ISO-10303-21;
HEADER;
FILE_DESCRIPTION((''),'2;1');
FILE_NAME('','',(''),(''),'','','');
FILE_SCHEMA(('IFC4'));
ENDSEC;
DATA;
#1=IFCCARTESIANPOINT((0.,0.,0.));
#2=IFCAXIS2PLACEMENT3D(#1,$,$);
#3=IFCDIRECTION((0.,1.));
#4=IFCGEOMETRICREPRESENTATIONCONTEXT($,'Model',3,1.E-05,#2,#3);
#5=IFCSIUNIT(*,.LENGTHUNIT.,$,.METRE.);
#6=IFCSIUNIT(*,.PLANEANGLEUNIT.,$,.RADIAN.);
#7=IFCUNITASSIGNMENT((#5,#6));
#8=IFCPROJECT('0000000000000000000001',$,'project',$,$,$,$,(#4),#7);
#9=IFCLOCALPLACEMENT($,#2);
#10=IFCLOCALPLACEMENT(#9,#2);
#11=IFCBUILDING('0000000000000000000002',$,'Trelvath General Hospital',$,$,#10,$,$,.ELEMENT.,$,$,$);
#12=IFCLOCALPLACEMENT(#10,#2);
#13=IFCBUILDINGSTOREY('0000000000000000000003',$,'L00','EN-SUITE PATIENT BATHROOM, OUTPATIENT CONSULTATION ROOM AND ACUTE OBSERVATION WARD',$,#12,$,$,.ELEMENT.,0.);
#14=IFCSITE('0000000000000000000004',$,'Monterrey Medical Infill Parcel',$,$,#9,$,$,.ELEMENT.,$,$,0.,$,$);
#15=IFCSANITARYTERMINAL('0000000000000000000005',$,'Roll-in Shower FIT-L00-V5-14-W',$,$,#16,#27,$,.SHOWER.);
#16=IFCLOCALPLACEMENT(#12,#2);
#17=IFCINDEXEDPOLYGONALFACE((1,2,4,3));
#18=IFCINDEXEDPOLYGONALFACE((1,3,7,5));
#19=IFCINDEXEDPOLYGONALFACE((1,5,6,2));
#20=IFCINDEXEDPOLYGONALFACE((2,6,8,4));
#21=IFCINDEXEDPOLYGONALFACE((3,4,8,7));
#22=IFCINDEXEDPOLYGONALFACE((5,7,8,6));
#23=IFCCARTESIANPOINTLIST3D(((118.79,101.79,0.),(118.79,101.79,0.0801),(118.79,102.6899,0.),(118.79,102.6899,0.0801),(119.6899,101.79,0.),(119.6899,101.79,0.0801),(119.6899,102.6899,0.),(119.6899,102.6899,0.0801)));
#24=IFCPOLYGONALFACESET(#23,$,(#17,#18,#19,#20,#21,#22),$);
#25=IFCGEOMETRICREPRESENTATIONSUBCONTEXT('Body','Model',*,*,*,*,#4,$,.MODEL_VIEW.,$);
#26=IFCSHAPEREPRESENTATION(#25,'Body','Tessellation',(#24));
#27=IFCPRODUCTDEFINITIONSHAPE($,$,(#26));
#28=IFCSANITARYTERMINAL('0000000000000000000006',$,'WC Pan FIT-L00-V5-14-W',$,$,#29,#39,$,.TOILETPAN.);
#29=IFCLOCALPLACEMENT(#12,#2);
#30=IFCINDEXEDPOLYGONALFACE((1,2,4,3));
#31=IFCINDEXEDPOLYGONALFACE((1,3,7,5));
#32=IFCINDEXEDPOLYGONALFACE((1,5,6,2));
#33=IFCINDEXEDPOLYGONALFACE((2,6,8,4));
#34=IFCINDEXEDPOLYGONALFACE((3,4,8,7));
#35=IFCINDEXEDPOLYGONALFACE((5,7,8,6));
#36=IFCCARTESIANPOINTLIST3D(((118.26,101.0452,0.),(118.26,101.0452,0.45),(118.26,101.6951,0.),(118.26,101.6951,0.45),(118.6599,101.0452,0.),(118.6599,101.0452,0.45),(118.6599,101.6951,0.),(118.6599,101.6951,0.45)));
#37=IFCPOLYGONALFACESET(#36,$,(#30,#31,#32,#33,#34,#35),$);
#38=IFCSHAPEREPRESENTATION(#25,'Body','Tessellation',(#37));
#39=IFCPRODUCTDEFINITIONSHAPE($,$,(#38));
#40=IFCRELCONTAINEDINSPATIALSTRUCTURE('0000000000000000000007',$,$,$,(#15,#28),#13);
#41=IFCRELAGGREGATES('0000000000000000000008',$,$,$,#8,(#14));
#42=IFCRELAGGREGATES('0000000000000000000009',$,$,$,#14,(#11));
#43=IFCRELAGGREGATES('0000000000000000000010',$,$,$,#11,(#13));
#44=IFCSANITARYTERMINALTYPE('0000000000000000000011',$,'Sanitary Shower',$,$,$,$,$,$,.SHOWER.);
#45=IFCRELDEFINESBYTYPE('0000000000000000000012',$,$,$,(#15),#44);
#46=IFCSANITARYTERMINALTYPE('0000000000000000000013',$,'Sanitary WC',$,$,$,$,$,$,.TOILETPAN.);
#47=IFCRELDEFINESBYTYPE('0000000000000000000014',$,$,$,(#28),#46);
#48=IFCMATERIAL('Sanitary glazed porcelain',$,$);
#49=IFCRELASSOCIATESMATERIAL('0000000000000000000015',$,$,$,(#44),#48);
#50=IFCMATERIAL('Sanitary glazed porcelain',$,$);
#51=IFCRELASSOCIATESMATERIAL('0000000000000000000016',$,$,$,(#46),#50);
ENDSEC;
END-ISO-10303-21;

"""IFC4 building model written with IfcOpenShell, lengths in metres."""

from ifc_helpers import new_model, si_unit, direction, frame, origin, origin_2d, place, context, subcontext, project, spatial, rectangle, extrude, material, type_object, element, save


model = new_model("IFC4")

# Units and contexts
model_context = context("Model", 3, precision=1e-05, world=origin(), true_north=direction((0.0, 1.0)))
body_context = subcontext(model_context, "Body", "Model", "MODEL_VIEW")
ifc_project = project(units=[si_unit("LENGTHUNIT", "METRE"), si_unit("PLANEANGLEUNIT", "RADIAN")], contexts=[model_context])

# Site, building, storey
site_placement = place(None, origin())
site = spatial("IfcSite", under=ifc_project, at=site_placement, Name="Monterrey Medical Infill Parcel", CompositionType="ELEMENT", RefElevation=0.0)
building_placement = place(site_placement, origin())
building = spatial("IfcBuilding", under=site, at=building_placement, Name="Trelvath General Hospital", CompositionType="ELEMENT")
storey_placement = place(building_placement, origin())
storey = spatial("IfcBuildingStorey", under=building, at=storey_placement, Name="L00", Description="EN-SUITE PATIENT BATHROOM, OUTPATIENT CONSULTATION ROOM AND ACUTE OBSERVATION WARD", CompositionType="ELEMENT", Elevation=0.0)

# Sanitary terminals
ifc_material_1 = material(Name="Sanitary glazed porcelain")
sanitary_terminal_type_1 = type_object("IfcSanitaryTerminalType", Name="Sanitary Shower", PredefinedType="SHOWER", material=ifc_material_1)
sanitary_terminal_1_placement = place(storey_placement, frame((119.24, 102.24, 0.0), z_axis=(0.0, 0.0, 1.0), x_axis=(1.0, 0.0, 0.0)))
element("IfcSanitaryTerminal", 1, at=sanitary_terminal_1_placement, inside=storey, type_object=sanitary_terminal_type_1, Name="Roll-in Shower FIT-L00-V5-14-W", PredefinedType="SHOWER", context=body_context, shape_type="SweptSolid", body=[
    extrude(rectangle(XDim=0.8999, YDim=0.8999, at=origin_2d()), origin(), (0.0, 0.0, 1.0), 0.0801),
])
ifc_material_2 = material(Name="Sanitary glazed porcelain")
sanitary_terminal_type_2 = type_object("IfcSanitaryTerminalType", Name="Sanitary WC", PredefinedType="TOILETPAN", material=ifc_material_2)
sanitary_terminal_2_placement = place(storey_placement, frame((118.46, 101.3701, 0.0), z_axis=(0.0, 0.0, 1.0), x_axis=(1.0, 0.0, 0.0)))
element("IfcSanitaryTerminal", 2, at=sanitary_terminal_2_placement, inside=storey, type_object=sanitary_terminal_type_2, Name="WC Pan FIT-L00-V5-14-W", PredefinedType="TOILETPAN", context=body_context, shape_type="SweptSolid", body=[
    extrude(rectangle(XDim=0.3999, YDim=0.6499, at=origin_2d()), origin(), (0.0, 0.0, 1.0), 0.45),
])

save(model, "model.ifc")
